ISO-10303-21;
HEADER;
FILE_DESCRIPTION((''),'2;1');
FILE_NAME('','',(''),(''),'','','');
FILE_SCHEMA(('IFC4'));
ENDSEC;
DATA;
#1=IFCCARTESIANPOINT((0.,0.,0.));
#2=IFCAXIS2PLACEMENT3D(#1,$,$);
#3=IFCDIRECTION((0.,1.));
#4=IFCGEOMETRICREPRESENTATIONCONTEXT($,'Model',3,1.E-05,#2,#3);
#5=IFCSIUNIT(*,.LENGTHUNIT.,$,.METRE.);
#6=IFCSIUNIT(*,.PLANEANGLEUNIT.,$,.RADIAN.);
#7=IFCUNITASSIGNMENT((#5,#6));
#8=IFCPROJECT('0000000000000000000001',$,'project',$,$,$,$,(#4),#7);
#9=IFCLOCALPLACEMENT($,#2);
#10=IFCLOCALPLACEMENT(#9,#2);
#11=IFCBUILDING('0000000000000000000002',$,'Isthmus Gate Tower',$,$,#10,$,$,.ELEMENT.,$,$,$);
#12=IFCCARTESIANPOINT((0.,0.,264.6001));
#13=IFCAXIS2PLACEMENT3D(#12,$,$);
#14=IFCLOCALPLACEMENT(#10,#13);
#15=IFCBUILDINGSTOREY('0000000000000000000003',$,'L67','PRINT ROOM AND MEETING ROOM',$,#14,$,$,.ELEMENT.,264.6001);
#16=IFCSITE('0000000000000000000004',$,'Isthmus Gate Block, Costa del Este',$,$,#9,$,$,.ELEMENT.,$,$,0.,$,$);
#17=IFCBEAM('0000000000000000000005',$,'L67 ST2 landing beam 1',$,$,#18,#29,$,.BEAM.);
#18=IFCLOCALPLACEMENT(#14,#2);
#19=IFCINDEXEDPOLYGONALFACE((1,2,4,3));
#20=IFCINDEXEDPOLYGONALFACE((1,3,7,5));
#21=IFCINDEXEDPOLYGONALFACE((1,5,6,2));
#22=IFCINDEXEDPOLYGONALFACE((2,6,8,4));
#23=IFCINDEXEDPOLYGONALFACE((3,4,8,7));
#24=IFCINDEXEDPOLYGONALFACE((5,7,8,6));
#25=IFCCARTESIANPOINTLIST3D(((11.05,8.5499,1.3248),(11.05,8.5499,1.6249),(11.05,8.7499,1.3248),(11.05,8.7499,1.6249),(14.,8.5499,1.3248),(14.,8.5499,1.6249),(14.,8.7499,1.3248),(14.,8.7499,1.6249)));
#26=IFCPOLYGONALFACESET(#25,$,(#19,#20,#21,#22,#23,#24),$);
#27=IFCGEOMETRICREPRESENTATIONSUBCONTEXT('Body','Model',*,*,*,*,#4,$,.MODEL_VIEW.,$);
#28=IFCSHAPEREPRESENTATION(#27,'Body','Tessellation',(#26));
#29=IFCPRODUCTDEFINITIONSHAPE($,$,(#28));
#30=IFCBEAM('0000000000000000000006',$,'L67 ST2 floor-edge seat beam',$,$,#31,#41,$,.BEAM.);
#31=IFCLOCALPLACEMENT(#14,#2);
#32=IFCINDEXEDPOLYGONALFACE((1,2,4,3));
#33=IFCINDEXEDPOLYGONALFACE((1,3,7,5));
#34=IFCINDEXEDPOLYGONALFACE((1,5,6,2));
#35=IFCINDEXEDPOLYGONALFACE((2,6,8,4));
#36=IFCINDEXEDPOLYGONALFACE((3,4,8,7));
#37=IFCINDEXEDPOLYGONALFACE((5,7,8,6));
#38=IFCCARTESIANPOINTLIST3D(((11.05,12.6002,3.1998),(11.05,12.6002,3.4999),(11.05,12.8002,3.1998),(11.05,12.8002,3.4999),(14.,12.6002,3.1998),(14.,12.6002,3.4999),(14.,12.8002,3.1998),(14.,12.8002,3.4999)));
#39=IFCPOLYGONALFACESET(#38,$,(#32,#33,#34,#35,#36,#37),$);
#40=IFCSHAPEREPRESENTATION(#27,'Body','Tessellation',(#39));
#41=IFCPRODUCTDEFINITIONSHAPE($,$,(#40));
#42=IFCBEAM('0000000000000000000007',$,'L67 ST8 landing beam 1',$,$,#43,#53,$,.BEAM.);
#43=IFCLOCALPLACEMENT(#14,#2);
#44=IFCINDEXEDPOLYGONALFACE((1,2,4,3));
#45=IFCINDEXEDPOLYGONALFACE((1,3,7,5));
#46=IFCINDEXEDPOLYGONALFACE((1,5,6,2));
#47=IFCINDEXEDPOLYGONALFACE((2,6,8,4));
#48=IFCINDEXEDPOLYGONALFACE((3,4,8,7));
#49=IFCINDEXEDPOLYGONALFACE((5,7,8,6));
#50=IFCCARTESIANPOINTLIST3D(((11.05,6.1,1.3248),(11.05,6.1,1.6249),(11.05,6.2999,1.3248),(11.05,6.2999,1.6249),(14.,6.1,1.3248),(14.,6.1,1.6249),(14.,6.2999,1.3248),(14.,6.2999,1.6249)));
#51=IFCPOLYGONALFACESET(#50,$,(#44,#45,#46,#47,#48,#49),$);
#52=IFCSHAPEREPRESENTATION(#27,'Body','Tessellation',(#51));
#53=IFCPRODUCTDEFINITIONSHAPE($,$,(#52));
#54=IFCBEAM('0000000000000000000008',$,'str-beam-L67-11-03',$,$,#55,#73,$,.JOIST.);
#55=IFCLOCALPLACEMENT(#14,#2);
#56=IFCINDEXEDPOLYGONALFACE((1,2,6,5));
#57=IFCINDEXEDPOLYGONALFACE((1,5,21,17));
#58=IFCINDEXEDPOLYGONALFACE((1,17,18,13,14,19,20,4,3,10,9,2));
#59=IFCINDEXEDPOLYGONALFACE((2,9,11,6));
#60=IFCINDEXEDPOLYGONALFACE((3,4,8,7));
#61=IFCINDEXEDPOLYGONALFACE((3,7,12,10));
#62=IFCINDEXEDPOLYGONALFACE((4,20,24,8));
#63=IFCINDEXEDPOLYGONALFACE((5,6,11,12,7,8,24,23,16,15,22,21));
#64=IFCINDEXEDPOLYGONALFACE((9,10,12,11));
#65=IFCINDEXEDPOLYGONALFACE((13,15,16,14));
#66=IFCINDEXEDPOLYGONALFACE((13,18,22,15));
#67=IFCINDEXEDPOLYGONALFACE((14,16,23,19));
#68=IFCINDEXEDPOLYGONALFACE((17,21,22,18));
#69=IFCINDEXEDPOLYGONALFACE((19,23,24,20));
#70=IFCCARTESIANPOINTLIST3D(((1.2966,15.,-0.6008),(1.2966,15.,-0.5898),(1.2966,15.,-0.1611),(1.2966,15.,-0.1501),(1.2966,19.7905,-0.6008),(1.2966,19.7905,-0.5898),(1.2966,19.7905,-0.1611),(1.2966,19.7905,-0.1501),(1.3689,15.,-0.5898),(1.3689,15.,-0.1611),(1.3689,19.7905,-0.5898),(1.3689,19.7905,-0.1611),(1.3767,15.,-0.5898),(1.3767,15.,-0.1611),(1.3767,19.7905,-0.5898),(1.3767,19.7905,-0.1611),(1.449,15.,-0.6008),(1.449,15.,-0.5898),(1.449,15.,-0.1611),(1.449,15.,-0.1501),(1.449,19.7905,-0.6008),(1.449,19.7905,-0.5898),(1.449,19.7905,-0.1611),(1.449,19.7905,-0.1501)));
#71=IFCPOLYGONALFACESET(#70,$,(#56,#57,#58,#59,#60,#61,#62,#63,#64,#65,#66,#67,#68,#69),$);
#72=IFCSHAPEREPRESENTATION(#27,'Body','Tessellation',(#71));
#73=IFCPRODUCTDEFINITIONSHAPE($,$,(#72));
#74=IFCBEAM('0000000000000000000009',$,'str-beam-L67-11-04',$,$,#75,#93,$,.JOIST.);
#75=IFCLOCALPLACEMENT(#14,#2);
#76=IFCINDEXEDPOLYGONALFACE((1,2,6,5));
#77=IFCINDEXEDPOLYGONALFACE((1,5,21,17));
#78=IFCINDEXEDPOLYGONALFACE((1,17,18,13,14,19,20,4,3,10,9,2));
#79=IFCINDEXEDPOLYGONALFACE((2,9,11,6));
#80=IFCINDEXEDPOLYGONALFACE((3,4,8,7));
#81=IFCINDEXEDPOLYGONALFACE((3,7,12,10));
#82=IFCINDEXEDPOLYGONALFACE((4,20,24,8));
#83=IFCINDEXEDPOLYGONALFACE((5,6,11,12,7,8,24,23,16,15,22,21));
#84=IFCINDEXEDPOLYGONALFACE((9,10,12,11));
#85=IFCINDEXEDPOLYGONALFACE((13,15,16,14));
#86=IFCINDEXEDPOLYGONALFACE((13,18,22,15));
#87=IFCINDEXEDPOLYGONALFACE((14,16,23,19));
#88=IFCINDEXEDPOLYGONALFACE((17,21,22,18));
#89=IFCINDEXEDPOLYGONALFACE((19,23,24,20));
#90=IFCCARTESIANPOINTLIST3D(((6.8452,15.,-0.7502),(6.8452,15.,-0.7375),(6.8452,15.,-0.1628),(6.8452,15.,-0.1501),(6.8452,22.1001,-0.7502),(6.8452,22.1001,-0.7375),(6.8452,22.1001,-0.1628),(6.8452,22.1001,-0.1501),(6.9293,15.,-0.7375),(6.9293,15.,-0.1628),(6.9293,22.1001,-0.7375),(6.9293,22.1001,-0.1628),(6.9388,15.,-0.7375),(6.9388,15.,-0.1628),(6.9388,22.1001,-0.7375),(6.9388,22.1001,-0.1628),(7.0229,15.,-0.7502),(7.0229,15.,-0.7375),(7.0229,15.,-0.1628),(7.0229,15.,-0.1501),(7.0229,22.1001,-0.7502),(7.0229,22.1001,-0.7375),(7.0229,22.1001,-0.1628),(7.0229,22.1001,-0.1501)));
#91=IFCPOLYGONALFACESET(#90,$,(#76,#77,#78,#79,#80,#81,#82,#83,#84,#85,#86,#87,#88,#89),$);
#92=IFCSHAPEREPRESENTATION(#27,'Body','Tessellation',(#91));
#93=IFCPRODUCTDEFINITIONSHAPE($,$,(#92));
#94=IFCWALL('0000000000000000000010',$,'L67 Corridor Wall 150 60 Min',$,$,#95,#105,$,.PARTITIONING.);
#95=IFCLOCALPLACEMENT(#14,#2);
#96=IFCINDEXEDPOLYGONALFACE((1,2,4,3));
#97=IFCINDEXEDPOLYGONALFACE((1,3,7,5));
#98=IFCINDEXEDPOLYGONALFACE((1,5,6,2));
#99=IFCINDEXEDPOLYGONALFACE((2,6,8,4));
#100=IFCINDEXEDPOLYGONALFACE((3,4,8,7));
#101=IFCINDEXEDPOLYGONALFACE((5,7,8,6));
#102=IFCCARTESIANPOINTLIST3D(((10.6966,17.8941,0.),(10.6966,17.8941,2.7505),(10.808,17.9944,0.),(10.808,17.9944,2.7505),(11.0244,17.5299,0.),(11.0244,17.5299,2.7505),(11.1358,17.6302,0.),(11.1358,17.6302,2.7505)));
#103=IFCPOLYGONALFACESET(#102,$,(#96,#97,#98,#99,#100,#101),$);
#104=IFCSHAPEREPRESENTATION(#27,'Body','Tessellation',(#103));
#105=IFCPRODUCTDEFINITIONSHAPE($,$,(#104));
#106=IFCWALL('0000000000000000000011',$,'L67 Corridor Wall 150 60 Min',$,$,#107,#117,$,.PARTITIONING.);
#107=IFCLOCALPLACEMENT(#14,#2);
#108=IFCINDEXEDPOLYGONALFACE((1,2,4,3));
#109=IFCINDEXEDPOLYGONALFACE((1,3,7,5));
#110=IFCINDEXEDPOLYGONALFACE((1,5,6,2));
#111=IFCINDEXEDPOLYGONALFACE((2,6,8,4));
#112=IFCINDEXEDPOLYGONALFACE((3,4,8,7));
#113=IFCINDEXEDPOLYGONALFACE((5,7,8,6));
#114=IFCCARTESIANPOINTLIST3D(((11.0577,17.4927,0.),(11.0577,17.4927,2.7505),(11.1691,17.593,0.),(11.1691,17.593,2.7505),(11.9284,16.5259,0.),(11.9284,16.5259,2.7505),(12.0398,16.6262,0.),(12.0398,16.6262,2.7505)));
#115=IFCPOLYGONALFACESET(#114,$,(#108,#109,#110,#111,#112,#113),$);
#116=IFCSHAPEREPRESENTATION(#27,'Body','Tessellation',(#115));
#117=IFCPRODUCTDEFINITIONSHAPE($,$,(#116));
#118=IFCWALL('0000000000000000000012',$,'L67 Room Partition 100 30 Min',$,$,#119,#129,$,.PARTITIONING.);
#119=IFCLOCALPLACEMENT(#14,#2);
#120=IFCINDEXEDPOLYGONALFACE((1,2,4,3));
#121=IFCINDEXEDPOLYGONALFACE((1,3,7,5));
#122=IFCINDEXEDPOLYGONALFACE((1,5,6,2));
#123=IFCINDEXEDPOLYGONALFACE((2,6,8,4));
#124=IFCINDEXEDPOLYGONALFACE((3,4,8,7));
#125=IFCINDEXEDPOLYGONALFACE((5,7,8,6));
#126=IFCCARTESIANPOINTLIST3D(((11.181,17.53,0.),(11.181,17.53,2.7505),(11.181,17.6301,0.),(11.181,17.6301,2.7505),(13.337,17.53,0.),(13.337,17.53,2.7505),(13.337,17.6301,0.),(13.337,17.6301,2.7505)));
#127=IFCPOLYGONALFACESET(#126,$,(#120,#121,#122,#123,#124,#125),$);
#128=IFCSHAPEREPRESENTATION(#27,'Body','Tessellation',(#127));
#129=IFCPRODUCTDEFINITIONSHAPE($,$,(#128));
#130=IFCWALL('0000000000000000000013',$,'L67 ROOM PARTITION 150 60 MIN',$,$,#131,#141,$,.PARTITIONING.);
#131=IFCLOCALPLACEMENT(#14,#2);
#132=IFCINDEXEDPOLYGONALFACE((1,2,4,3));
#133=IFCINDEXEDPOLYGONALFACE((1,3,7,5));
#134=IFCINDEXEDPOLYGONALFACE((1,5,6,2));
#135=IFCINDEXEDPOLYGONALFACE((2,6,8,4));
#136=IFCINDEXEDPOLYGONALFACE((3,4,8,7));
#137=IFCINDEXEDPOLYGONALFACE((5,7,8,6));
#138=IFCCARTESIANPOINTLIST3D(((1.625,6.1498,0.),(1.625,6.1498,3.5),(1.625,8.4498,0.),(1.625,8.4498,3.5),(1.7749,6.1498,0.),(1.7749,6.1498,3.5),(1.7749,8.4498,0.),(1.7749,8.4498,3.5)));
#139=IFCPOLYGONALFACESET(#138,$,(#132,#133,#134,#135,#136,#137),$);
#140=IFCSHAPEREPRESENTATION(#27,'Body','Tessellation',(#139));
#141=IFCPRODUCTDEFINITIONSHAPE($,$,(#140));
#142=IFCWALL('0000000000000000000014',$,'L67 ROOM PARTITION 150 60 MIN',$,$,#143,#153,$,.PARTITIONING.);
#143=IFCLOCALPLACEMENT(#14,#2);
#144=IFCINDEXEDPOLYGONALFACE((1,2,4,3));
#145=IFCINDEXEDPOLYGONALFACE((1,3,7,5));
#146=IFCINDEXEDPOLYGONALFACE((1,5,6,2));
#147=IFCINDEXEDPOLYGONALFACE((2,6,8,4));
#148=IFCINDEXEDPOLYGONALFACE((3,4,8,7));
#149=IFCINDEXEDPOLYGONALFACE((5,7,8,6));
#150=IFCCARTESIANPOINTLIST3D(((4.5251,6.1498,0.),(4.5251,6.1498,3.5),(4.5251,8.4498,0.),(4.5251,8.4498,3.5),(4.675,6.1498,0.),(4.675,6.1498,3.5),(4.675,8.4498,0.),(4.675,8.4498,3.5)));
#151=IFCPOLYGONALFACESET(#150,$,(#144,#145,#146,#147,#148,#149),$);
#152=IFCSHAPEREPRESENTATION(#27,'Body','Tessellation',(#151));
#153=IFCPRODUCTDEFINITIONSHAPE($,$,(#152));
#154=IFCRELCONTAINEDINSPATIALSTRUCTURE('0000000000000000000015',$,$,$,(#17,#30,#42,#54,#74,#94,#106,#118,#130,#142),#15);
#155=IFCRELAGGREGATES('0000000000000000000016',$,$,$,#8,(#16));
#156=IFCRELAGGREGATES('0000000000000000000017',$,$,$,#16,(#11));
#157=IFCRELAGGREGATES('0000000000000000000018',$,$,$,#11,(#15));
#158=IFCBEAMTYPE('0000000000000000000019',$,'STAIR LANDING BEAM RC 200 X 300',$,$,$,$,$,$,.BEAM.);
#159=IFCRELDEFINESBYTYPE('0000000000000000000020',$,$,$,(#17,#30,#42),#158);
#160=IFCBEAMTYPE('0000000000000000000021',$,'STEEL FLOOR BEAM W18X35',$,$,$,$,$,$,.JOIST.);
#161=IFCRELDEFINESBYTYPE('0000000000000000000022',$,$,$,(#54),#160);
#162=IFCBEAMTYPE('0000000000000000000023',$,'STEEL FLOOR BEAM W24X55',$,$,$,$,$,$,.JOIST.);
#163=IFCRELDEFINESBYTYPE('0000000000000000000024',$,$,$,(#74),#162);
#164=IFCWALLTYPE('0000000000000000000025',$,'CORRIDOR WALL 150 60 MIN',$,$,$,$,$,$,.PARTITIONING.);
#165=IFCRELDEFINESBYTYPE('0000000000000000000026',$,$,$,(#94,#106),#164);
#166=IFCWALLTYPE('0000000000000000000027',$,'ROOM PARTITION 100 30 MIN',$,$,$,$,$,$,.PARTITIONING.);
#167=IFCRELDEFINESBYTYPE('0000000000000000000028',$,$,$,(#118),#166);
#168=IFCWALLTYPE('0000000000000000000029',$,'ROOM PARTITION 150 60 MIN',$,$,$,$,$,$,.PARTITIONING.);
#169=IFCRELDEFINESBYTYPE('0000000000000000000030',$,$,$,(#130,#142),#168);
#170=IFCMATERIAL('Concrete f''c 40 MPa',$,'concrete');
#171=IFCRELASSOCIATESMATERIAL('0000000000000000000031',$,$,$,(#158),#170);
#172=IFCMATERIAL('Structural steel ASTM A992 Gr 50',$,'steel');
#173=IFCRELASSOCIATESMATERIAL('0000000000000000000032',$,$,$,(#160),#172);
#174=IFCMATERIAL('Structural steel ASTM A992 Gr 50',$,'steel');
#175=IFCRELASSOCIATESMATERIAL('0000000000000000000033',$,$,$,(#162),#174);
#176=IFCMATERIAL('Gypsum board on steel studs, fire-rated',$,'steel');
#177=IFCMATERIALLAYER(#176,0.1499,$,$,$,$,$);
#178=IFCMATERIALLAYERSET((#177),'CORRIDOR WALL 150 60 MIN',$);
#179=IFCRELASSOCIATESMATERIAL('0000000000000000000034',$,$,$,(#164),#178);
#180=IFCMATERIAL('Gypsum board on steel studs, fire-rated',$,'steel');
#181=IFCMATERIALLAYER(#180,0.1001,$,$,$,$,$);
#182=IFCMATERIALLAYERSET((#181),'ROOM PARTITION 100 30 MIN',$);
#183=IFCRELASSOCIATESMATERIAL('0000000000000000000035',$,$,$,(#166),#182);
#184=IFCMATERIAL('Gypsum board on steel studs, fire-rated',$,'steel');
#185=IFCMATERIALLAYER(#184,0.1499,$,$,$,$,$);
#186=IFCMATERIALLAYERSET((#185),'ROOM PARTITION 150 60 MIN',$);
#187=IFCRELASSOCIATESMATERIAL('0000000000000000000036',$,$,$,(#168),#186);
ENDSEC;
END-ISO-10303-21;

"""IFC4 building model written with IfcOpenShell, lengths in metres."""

from ifc_helpers import new_model, si_unit, direction, frame, frame_2d, origin, origin_2d, place, context, subcontext, project, spatial, rectangle, i_section, extrude, material, layer, layer_set, material_profile, profile_set, type_object, element, save


model = new_model("IFC4")

# Units and contexts
model_context = context("Model", 3, precision=1e-05, world=origin(), true_north=direction((0.0, 1.0)))
body_context = subcontext(model_context, "Body", "Model", "MODEL_VIEW")
ifc_project = project(units=[si_unit("LENGTHUNIT", "METRE"), si_unit("PLANEANGLEUNIT", "RADIAN")], contexts=[model_context])

# Site, building, storey
site_placement = place(None, origin())
site = spatial("IfcSite", under=ifc_project, at=site_placement, Name="Isthmus Gate Block, Costa del Este", CompositionType="ELEMENT", RefElevation=0.0)
building_placement = place(site_placement, origin())
building = spatial("IfcBuilding", under=site, at=building_placement, Name="Isthmus Gate Tower", CompositionType="ELEMENT")
storey_placement = place(building_placement, frame((0.0, 0.0, 264.6001)))
storey = spatial("IfcBuildingStorey", under=building, at=storey_placement, Name="L67", Description="PRINT ROOM AND MEETING ROOM", CompositionType="ELEMENT", Elevation=264.6001)

# Beams
ifc_material_1 = material(Name="Concrete f'c 40 MPa", Category="concrete")
ifc_material_profile_1 = material_profile(ifc_material_1, rectangle(XDim=0.2, YDim=0.3, at=origin_2d()), Name="STAIR LANDING BEAM RC 200 X 300")
ifc_profile_set_1 = profile_set([ifc_material_profile_1], Name="Concrete f'c 40 MPa")
beam_type_1 = type_object("IfcBeamType", Name="STAIR LANDING BEAM RC 200 X 300", PredefinedType="BEAM", material=ifc_profile_set_1)
for number, where, z_axis, x_axis, name in (
    (1, (11.05, 8.6499, 1.4749), (1.0, 0.0, 0.0), (0.0, 1.0, 0.0), "L67 ST2 landing beam 1"),
    (2, (11.05, 12.7002, 3.3499), (1.0, 0.0, 0.0), (0.0, 1.0, 0.0), "L67 ST2 floor-edge seat beam"),
    (3, (11.05, 6.2, 1.4749), (1.0, 0.0, 0.0), (0.0, 1.0, 0.0), "L67 ST8 landing beam 1"),
):
    element("IfcBeam", number, at=place(storey_placement, frame(where, z_axis=z_axis, x_axis=x_axis)), inside=storey, type_object=beam_type_1, Name=name, PredefinedType="BEAM", context=body_context, shape_type="SweptSolid", body=[
        extrude(rectangle(XDim=0.2, YDim=0.3, at=origin_2d()), origin(), (0.0, 0.0, 1.0), 2.95),
    ])
ifc_material_2 = material(Name="Structural steel ASTM A992 Gr 50", Category="steel")
ifc_material_profile_2 = material_profile(ifc_material_2, i_section(OverallWidth=0.1523, OverallDepth=0.4507, WebThickness=0.0078, FlangeThickness=0.011, at=origin_2d()), Name="W18X35")
ifc_profile_set_2 = profile_set([ifc_material_profile_2], Name="Structural steel ASTM A992 Gr 50")
beam_type_2 = type_object("IfcBeamType", Name="STEEL FLOOR BEAM W18X35", PredefinedType="JOIST", material=ifc_profile_set_2)
beam_1_placement = place(storey_placement, frame((1.3728, 15.0, -0.3755), z_axis=(0.0, 1.0, 0.0), x_axis=(-1.0, 0.0, 0.0)))
element("IfcBeam", 4, at=beam_1_placement, inside=storey, type_object=beam_type_2, Name="str-beam-L67-11-03", PredefinedType="JOIST", context=body_context, shape_type="SweptSolid", body=[
    extrude(i_section(OverallWidth=0.1523, OverallDepth=0.4507, WebThickness=0.0078, FlangeThickness=0.011, at=origin_2d()), origin(), (0.0, 0.0, 1.0), 4.7905),
])
ifc_material_3 = material(Name="Structural steel ASTM A992 Gr 50", Category="steel")
ifc_material_profile_3 = material_profile(ifc_material_3, i_section(OverallWidth=0.1777, OverallDepth=0.6001, WebThickness=0.0095, FlangeThickness=0.0127, at=origin_2d()), Name="W24X55")
ifc_profile_set_3 = profile_set([ifc_material_profile_3], Name="Structural steel ASTM A992 Gr 50")
beam_type_3 = type_object("IfcBeamType", Name="STEEL FLOOR BEAM W24X55", PredefinedType="JOIST", material=ifc_profile_set_3)
beam_2_placement = place(storey_placement, frame((6.9341, 15.0, -0.4502), z_axis=(0.0, 1.0, 0.0), x_axis=(-1.0, 0.0, 0.0)))
element("IfcBeam", 5, at=beam_2_placement, inside=storey, type_object=beam_type_3, Name="str-beam-L67-11-04", PredefinedType="JOIST", context=body_context, shape_type="SweptSolid", body=[
    extrude(i_section(OverallWidth=0.1777, OverallDepth=0.6001, WebThickness=0.0095, FlangeThickness=0.0127, at=origin_2d()), origin(), (0.0, 0.0, 1.0), 7.1001),
])

# Walls
ifc_material_4 = material(Name="Gypsum board on steel studs, fire-rated", Category="steel")
ifc_layer_1 = layer(ifc_material_4, 0.1499)
ifc_layer_set_1 = layer_set([ifc_layer_1], Name="CORRIDOR WALL 150 60 MIN")
wall_type_1 = type_object("IfcWallType", Name="CORRIDOR WALL 150 60 MIN", PredefinedType="PARTITIONING", material=ifc_layer_set_1)
wall_1_placement = place(storey_placement, frame((10.7522, 17.9443, 0.0), z_axis=(0.0, 0.0, 1.0), x_axis=(0.66902, -0.743245, 0.0)))
element("IfcWall", 6, at=wall_1_placement, inside=storey, type_object=wall_type_1, Name="L67 Corridor Wall 150 60 Min", PredefinedType="PARTITIONING", context=body_context, shape_type="SweptSolid", body=[
    extrude(rectangle(XDim=0.49, YDim=0.1499, at=frame_2d((0.2451, 0.0))), origin(), (0.0, 0.0, 1.0), 2.7505),
])
wall_2_placement = place(storey_placement, frame((11.1135, 17.5427, 0.0), z_axis=(0.0, 0.0, 1.0), x_axis=(0.669172, -0.743108, 0.0)))
element("IfcWall", 7, at=wall_2_placement, inside=storey, type_object=wall_type_1, Name="L67 Corridor Wall 150 60 Min", PredefinedType="PARTITIONING", context=body_context, shape_type="SweptSolid", body=[
    extrude(rectangle(XDim=1.301, YDim=0.1499, at=frame_2d((0.6504, 0.0))), origin(), (0.0, 0.0, 1.0), 2.7505),
])
ifc_material_5 = material(Name="Gypsum board on steel studs, fire-rated", Category="steel")
ifc_layer_2 = layer(ifc_material_5, 0.1001)
ifc_layer_set_2 = layer_set([ifc_layer_2], Name="ROOM PARTITION 100 30 MIN")
wall_type_2 = type_object("IfcWallType", Name="ROOM PARTITION 100 30 MIN", PredefinedType="PARTITIONING", material=ifc_layer_set_2)
wall_3_placement = place(storey_placement, frame((11.1809, 17.5801, 0.0), z_axis=(0.0, 0.0, 1.0), x_axis=(1.0, 0.0, 0.0)))
element("IfcWall", 8, at=wall_3_placement, inside=storey, type_object=wall_type_2, Name="L67 Room Partition 100 30 Min", PredefinedType="PARTITIONING", context=body_context, shape_type="SweptSolid", body=[
    extrude(rectangle(XDim=2.156, YDim=0.1001, at=frame_2d((1.0781, 0.0))), origin(), (0.0, 0.0, 1.0), 2.7505),
])
ifc_material_6 = material(Name="Gypsum board on steel studs, fire-rated", Category="steel")
ifc_layer_3 = layer(ifc_material_6, 0.1499)
ifc_layer_set_3 = layer_set([ifc_layer_3], Name="ROOM PARTITION 150 60 MIN")
wall_type_3 = type_object("IfcWallType", Name="ROOM PARTITION 150 60 MIN", PredefinedType="PARTITIONING", material=ifc_layer_set_3)
for number, where, z_axis, x_axis, name in (
    (9, (1.7, 6.1499, 0.0), (0.0, 0.0, 1.0), (0.0, 1.0, 0.0), "L67 ROOM PARTITION 150 60 MIN"),
    (10, (4.6001, 6.1499, 0.0), (0.0, 0.0, 1.0), (0.0, 1.0, 0.0), "L67 ROOM PARTITION 150 60 MIN"),
):
    element("IfcWall", number, at=place(storey_placement, frame(where, z_axis=z_axis, x_axis=x_axis)), inside=storey, type_object=wall_type_3, Name=name, PredefinedType="PARTITIONING", context=body_context, shape_type="SweptSolid", body=[
        extrude(rectangle(XDim=2.3, YDim=0.1499, at=frame_2d((1.1499, 0.0))), origin(), (0.0, 0.0, 1.0), 3.5),
    ])

save(model, "model.ifc")
